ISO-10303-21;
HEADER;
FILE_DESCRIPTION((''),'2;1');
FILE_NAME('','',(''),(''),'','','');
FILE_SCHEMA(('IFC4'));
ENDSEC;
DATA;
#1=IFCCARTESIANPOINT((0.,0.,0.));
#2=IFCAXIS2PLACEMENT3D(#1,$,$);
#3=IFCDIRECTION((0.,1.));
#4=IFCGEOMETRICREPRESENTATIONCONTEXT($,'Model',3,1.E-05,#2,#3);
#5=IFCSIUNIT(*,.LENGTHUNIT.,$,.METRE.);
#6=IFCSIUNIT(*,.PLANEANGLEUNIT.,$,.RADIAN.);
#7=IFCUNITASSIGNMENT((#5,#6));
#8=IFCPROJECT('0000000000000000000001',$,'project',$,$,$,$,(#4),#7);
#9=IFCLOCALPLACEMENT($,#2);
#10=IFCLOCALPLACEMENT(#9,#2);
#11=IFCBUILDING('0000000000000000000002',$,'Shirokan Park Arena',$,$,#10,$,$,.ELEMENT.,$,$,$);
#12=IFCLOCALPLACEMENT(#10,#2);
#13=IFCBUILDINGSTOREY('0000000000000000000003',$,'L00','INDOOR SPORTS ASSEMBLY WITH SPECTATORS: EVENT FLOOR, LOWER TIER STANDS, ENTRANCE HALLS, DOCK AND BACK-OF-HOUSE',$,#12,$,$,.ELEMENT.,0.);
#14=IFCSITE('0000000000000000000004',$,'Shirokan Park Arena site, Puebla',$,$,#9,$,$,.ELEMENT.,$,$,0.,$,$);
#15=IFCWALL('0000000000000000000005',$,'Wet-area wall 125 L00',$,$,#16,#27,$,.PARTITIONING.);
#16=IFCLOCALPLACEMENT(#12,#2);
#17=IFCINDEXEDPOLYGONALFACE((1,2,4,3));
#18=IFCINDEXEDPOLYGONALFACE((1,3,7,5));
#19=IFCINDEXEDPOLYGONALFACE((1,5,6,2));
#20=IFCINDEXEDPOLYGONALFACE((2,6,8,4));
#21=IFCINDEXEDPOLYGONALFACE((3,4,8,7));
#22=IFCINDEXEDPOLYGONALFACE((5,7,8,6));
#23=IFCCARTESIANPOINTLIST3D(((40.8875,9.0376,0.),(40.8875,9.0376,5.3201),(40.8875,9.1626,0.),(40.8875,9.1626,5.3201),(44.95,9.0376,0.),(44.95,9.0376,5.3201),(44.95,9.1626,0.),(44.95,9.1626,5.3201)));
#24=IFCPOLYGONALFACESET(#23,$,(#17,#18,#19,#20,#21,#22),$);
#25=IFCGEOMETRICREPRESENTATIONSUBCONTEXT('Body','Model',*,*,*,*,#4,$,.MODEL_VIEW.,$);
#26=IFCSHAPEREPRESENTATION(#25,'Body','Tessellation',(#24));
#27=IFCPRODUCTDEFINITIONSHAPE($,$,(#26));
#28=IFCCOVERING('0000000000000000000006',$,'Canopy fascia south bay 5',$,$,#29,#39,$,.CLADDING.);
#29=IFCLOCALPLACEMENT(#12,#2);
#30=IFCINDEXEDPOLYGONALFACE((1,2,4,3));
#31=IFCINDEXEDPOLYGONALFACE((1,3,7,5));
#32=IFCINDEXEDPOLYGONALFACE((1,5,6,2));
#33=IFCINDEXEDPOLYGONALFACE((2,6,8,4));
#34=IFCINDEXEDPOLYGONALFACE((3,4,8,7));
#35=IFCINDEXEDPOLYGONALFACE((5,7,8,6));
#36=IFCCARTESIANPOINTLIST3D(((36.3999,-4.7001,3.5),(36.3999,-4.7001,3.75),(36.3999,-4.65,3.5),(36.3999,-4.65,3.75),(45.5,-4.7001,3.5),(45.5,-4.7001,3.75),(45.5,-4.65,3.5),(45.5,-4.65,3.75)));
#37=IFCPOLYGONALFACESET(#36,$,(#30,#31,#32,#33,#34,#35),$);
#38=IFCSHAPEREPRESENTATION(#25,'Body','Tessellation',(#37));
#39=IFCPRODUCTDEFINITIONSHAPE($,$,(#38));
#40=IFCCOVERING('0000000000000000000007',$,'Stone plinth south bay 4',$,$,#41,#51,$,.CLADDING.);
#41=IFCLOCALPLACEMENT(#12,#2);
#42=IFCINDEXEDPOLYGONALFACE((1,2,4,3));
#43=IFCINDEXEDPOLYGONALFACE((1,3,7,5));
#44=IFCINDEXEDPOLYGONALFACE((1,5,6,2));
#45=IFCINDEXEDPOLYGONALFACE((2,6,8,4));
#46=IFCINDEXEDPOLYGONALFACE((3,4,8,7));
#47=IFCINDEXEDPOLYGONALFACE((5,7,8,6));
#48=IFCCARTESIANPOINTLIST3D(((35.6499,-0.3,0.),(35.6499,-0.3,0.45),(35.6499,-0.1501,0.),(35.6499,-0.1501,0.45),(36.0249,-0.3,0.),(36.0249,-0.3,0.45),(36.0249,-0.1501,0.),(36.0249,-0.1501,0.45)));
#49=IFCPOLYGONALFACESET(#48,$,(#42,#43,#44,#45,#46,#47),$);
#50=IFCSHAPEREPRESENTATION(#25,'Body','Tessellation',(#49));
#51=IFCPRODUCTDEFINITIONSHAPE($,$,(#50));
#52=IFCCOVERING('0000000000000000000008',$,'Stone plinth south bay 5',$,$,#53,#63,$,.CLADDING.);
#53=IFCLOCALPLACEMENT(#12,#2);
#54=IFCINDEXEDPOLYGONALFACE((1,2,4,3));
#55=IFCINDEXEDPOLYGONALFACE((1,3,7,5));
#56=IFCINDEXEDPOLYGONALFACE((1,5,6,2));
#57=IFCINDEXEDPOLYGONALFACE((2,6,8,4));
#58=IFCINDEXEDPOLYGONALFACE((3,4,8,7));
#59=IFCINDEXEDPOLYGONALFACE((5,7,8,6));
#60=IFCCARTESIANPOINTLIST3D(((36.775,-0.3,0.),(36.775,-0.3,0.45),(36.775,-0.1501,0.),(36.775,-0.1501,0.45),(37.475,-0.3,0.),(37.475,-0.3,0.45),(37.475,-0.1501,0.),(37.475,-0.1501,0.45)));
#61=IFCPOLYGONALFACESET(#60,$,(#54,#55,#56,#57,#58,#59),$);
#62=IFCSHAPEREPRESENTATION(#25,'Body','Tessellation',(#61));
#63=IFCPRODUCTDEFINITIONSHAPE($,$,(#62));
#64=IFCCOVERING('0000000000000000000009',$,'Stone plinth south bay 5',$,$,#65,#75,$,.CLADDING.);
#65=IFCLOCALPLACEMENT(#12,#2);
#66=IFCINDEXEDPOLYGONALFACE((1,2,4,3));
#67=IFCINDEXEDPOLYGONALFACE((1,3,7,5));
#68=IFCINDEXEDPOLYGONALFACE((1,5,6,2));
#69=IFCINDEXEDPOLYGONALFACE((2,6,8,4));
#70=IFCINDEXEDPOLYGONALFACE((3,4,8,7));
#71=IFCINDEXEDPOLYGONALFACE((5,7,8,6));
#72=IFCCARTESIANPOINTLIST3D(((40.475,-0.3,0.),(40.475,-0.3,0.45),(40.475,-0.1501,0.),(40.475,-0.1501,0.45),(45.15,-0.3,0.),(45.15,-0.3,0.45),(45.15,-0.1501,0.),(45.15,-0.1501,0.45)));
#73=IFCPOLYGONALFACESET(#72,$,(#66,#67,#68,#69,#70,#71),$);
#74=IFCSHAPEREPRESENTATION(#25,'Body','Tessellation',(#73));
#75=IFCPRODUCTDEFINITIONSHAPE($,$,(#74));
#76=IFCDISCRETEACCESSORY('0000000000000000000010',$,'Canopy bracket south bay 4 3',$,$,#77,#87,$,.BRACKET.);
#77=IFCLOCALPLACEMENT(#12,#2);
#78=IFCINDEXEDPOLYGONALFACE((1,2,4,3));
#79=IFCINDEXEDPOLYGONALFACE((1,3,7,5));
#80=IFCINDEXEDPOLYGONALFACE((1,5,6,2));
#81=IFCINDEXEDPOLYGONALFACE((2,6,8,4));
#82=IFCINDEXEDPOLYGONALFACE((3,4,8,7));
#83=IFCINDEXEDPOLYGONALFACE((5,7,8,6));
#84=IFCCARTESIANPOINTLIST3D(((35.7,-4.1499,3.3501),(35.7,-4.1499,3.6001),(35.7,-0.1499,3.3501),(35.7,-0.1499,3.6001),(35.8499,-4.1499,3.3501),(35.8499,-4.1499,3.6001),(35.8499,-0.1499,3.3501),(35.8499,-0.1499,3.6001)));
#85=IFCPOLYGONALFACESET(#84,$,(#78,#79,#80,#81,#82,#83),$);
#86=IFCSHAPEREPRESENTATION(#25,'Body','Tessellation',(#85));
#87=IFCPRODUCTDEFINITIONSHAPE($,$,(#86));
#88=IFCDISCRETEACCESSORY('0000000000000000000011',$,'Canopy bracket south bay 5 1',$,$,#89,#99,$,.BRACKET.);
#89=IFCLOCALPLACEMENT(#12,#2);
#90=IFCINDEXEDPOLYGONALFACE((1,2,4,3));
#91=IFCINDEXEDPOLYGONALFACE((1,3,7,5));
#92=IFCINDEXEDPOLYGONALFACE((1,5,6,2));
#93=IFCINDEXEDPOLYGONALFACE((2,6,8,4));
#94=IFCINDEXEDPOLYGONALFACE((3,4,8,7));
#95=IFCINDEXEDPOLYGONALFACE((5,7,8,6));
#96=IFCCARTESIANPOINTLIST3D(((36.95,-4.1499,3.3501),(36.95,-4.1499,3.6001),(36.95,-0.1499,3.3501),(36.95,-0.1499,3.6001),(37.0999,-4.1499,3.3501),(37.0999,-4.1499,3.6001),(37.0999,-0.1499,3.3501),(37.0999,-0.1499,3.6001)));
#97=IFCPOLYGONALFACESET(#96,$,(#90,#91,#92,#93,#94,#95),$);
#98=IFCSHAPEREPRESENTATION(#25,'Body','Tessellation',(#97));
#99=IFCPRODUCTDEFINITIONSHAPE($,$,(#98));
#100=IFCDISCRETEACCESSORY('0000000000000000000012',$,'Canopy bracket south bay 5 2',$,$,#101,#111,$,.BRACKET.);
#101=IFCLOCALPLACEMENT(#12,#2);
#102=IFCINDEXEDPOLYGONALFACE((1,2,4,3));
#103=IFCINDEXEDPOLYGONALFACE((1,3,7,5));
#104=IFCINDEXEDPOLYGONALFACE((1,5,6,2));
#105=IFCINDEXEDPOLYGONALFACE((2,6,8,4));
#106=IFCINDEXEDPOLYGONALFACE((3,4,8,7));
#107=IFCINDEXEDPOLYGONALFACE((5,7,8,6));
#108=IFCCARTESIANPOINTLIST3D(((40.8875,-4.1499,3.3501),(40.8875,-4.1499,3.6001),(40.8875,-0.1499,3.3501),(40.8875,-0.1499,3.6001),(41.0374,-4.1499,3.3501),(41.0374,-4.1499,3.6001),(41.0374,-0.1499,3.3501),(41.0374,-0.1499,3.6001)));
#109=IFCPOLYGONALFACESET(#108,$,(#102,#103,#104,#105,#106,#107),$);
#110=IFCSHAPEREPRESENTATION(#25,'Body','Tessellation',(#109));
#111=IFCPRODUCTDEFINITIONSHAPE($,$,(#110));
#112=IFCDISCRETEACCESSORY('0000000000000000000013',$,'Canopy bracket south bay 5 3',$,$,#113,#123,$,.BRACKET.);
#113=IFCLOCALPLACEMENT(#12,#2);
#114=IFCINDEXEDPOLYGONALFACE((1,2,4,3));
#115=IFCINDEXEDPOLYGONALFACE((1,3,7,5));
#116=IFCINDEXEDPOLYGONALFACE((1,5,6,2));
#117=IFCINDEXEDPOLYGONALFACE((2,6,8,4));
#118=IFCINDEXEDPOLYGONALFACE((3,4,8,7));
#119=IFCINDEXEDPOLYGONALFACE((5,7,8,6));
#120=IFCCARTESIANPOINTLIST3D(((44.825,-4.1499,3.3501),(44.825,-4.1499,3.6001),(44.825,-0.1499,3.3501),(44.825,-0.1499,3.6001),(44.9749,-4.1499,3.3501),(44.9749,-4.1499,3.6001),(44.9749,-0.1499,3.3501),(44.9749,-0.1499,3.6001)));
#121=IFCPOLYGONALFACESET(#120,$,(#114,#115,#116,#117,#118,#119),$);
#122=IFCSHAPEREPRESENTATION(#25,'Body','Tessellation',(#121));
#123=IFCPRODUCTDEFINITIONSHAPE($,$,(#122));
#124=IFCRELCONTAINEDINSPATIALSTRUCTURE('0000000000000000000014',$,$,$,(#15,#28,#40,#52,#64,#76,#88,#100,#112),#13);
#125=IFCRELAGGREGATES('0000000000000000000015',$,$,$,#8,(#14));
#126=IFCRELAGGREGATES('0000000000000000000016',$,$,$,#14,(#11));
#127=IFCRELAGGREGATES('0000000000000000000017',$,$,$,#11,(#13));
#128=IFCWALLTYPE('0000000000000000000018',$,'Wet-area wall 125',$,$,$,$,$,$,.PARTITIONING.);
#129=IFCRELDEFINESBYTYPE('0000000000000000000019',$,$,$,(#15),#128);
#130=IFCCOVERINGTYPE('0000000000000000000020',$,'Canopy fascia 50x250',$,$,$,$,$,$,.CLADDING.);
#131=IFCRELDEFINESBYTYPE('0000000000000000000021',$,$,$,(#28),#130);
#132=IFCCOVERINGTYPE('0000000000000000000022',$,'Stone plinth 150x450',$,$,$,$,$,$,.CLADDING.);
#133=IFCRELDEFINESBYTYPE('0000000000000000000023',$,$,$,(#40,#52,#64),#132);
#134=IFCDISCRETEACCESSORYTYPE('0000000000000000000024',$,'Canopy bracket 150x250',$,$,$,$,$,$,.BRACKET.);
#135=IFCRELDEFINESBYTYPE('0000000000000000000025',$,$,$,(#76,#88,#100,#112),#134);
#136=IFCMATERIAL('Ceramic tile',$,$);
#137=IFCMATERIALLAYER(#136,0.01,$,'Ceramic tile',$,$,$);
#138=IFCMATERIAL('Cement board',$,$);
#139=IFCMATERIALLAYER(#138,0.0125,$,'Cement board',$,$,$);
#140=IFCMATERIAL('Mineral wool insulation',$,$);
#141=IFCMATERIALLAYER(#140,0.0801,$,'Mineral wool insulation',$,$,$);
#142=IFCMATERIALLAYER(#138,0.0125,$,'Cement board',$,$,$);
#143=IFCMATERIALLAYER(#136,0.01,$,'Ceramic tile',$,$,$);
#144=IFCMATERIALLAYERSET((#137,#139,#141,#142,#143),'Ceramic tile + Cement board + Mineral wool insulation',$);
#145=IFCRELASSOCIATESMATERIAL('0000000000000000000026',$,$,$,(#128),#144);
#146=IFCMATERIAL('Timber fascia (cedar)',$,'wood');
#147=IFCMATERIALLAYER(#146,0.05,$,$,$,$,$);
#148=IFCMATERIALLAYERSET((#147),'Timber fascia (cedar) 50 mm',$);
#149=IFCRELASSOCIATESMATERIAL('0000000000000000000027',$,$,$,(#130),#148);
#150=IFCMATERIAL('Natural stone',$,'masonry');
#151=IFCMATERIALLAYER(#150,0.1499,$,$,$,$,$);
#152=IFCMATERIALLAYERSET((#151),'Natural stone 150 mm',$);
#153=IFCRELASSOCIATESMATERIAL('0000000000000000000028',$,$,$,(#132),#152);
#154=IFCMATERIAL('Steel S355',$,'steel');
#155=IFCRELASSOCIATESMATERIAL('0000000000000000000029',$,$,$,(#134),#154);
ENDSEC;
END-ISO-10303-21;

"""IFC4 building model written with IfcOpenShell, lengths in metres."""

from ifc_helpers import new_model, si_unit, direction, frame, frame_2d, origin, origin_2d, place, context, subcontext, project, spatial, rectangle, extrude, material, layer, layer_set, type_object, element, save


model = new_model("IFC4")

# Units and contexts
model_context = context("Model", 3, precision=1e-05, world=origin(), true_north=direction((0.0, 1.0)))
body_context = subcontext(model_context, "Body", "Model", "MODEL_VIEW")
ifc_project = project(units=[si_unit("LENGTHUNIT", "METRE"), si_unit("PLANEANGLEUNIT", "RADIAN")], contexts=[model_context])

# Site, building, storey
site_placement = place(None, origin())
site = spatial("IfcSite", under=ifc_project, at=site_placement, Name="Shirokan Park Arena site, Puebla", CompositionType="ELEMENT", RefElevation=0.0)
building_placement = place(site_placement, origin())
building = spatial("IfcBuilding", under=site, at=building_placement, Name="Shirokan Park Arena", CompositionType="ELEMENT")
storey_placement = place(building_placement, origin())
storey = spatial("IfcBuildingStorey", under=building, at=storey_placement, Name="L00", Description="INDOOR SPORTS ASSEMBLY WITH SPECTATORS: EVENT FLOOR, LOWER TIER STANDS, ENTRANCE HALLS, DOCK AND BACK-OF-HOUSE", CompositionType="ELEMENT", Elevation=0.0)

# Shared definitions
ifc_material_1 = material(Name="Steel S355", Category="steel")

# Shared definitions
ifc_material_2 = material(Name="Mineral wool insulation")

# Wall
ifc_material_3 = material(Name="Ceramic tile")
ifc_layer_1 = layer(ifc_material_3, 0.01, Name="Ceramic tile")
ifc_material_4 = material(Name="Cement board")
ifc_layer_2 = layer(ifc_material_4, 0.0125, Name="Cement board")
ifc_layer_3 = layer(ifc_material_2, 0.0801, Name="Mineral wool insulation")
ifc_layer_4 = layer(ifc_material_4, 0.0125, Name="Cement board")
ifc_layer_5 = layer(ifc_material_3, 0.01, Name="Ceramic tile")
ifc_layer_set_1 = layer_set([ifc_layer_1, ifc_layer_2, ifc_layer_3, ifc_layer_4, ifc_layer_5], Name="Ceramic tile + Cement board + Mineral wool insulation")
wall_type_1 = type_object("IfcWallType", Name="Wet-area wall 125", PredefinedType="PARTITIONING", material=ifc_layer_set_1)
wall_1_placement = place(storey_placement, frame((44.95, 9.1001, 0.0), z_axis=(0.0, 0.0, 1.0), x_axis=(-1.0, 0.0, 0.0)))
element("IfcWall", 1, at=wall_1_placement, inside=storey, type_object=wall_type_1, Name="Wet-area wall 125 L00", PredefinedType="PARTITIONING", context=body_context, shape_type="SweptSolid", body=[
    extrude(rectangle(XDim=4.0625, YDim=0.125, at=frame_2d((2.0312, 0.0))), origin(), (0.0, 0.0, 1.0), 5.3201),
])

# Coverings
ifc_material_5 = material(Name="Timber fascia (cedar)", Category="wood")
ifc_layer_6 = layer(ifc_material_5, 0.05)
ifc_layer_set_2 = layer_set([ifc_layer_6], Name="Timber fascia (cedar) 50 mm")
covering_type_1 = type_object("IfcCoveringType", Name="Canopy fascia 50x250", PredefinedType="CLADDING", material=ifc_layer_set_2)
covering_1_placement = place(storey_placement, frame((40.95, -4.675, 3.5), z_axis=(0.0, 0.0, 1.0), x_axis=(1.0, 0.0, 0.0)))
element("IfcCovering", 2, at=covering_1_placement, inside=storey, type_object=covering_type_1, Name="Canopy fascia south bay 5", PredefinedType="CLADDING", context=body_context, shape_type="SweptSolid", body=[
    extrude(rectangle(XDim=9.1001, YDim=0.05, at=origin_2d()), origin(), (0.0, 0.0, 1.0), 0.25),
])
ifc_material_6 = material(Name="Natural stone", Category="masonry")
ifc_layer_7 = layer(ifc_material_6, 0.1499)
ifc_layer_set_3 = layer_set([ifc_layer_7], Name="Natural stone 150 mm")
covering_type_2 = type_object("IfcCoveringType", Name="Stone plinth 150x450", PredefinedType="CLADDING", material=ifc_layer_set_3)
covering_2_placement = place(storey_placement, frame((35.8374, -0.2251, 0.0), z_axis=(0.0, 0.0, 1.0), x_axis=(1.0, 0.0, 0.0)))
element("IfcCovering", 3, at=covering_2_placement, inside=storey, type_object=covering_type_2, Name="Stone plinth south bay 4", PredefinedType="CLADDING", context=body_context, shape_type="SweptSolid", body=[
    extrude(rectangle(XDim=0.375, YDim=0.1499, at=origin_2d()), origin(), (0.0, 0.0, 1.0), 0.45),
])
covering_3_placement = place(storey_placement, frame((37.125, -0.2251, 0.0), z_axis=(0.0, 0.0, 1.0), x_axis=(1.0, 0.0, 0.0)))
element("IfcCovering", 4, at=covering_3_placement, inside=storey, type_object=covering_type_2, Name="Stone plinth south bay 5", PredefinedType="CLADDING", context=body_context, shape_type="SweptSolid", body=[
    extrude(rectangle(XDim=0.7, YDim=0.1499, at=origin_2d()), origin(), (0.0, 0.0, 1.0), 0.45),
])
covering_4_placement = place(storey_placement, frame((42.8125, -0.2251, 0.0), z_axis=(0.0, 0.0, 1.0), x_axis=(1.0, 0.0, 0.0)))
element("IfcCovering", 5, at=covering_4_placement, inside=storey, type_object=covering_type_2, Name="Stone plinth south bay 5", PredefinedType="CLADDING", context=body_context, shape_type="SweptSolid", body=[
    extrude(rectangle(XDim=4.675, YDim=0.1499, at=origin_2d()), origin(), (0.0, 0.0, 1.0), 0.45),
])

# Discrete accessories
discrete_accessory_type = type_object("IfcDiscreteAccessoryType", Name="Canopy bracket 150x250", PredefinedType="BRACKET", material=ifc_material_1)
for number, where, z_axis, x_axis, name in (
    (6, (35.7749, -2.1499, 3.3501), (0.0, 0.0, 1.0), (1.0, 0.0, 0.0), "Canopy bracket south bay 4 3"),
    (7, (37.0249, -2.1499, 3.3501), (0.0, 0.0, 1.0), (1.0, 0.0, 0.0), "Canopy bracket south bay 5 1"),
    (8, (40.9624, -2.1499, 3.3501), (0.0, 0.0, 1.0), (1.0, 0.0, 0.0), "Canopy bracket south bay 5 2"),
    (9, (44.8999, -2.1499, 3.3501), (0.0, 0.0, 1.0), (1.0, 0.0, 0.0), "Canopy bracket south bay 5 3"),
):
    element("IfcDiscreteAccessory", number, at=place(storey_placement, frame(where, z_axis=z_axis, x_axis=x_axis)), inside=storey, type_object=discrete_accessory_type, Name=name, PredefinedType="BRACKET", context=body_context, shape_type="SweptSolid", body=[
        extrude(rectangle(XDim=0.1499, YDim=4.0, at=origin_2d()), origin(), (0.0, 0.0, 1.0), 0.25),
    ])

save(model, "model.ifc")
